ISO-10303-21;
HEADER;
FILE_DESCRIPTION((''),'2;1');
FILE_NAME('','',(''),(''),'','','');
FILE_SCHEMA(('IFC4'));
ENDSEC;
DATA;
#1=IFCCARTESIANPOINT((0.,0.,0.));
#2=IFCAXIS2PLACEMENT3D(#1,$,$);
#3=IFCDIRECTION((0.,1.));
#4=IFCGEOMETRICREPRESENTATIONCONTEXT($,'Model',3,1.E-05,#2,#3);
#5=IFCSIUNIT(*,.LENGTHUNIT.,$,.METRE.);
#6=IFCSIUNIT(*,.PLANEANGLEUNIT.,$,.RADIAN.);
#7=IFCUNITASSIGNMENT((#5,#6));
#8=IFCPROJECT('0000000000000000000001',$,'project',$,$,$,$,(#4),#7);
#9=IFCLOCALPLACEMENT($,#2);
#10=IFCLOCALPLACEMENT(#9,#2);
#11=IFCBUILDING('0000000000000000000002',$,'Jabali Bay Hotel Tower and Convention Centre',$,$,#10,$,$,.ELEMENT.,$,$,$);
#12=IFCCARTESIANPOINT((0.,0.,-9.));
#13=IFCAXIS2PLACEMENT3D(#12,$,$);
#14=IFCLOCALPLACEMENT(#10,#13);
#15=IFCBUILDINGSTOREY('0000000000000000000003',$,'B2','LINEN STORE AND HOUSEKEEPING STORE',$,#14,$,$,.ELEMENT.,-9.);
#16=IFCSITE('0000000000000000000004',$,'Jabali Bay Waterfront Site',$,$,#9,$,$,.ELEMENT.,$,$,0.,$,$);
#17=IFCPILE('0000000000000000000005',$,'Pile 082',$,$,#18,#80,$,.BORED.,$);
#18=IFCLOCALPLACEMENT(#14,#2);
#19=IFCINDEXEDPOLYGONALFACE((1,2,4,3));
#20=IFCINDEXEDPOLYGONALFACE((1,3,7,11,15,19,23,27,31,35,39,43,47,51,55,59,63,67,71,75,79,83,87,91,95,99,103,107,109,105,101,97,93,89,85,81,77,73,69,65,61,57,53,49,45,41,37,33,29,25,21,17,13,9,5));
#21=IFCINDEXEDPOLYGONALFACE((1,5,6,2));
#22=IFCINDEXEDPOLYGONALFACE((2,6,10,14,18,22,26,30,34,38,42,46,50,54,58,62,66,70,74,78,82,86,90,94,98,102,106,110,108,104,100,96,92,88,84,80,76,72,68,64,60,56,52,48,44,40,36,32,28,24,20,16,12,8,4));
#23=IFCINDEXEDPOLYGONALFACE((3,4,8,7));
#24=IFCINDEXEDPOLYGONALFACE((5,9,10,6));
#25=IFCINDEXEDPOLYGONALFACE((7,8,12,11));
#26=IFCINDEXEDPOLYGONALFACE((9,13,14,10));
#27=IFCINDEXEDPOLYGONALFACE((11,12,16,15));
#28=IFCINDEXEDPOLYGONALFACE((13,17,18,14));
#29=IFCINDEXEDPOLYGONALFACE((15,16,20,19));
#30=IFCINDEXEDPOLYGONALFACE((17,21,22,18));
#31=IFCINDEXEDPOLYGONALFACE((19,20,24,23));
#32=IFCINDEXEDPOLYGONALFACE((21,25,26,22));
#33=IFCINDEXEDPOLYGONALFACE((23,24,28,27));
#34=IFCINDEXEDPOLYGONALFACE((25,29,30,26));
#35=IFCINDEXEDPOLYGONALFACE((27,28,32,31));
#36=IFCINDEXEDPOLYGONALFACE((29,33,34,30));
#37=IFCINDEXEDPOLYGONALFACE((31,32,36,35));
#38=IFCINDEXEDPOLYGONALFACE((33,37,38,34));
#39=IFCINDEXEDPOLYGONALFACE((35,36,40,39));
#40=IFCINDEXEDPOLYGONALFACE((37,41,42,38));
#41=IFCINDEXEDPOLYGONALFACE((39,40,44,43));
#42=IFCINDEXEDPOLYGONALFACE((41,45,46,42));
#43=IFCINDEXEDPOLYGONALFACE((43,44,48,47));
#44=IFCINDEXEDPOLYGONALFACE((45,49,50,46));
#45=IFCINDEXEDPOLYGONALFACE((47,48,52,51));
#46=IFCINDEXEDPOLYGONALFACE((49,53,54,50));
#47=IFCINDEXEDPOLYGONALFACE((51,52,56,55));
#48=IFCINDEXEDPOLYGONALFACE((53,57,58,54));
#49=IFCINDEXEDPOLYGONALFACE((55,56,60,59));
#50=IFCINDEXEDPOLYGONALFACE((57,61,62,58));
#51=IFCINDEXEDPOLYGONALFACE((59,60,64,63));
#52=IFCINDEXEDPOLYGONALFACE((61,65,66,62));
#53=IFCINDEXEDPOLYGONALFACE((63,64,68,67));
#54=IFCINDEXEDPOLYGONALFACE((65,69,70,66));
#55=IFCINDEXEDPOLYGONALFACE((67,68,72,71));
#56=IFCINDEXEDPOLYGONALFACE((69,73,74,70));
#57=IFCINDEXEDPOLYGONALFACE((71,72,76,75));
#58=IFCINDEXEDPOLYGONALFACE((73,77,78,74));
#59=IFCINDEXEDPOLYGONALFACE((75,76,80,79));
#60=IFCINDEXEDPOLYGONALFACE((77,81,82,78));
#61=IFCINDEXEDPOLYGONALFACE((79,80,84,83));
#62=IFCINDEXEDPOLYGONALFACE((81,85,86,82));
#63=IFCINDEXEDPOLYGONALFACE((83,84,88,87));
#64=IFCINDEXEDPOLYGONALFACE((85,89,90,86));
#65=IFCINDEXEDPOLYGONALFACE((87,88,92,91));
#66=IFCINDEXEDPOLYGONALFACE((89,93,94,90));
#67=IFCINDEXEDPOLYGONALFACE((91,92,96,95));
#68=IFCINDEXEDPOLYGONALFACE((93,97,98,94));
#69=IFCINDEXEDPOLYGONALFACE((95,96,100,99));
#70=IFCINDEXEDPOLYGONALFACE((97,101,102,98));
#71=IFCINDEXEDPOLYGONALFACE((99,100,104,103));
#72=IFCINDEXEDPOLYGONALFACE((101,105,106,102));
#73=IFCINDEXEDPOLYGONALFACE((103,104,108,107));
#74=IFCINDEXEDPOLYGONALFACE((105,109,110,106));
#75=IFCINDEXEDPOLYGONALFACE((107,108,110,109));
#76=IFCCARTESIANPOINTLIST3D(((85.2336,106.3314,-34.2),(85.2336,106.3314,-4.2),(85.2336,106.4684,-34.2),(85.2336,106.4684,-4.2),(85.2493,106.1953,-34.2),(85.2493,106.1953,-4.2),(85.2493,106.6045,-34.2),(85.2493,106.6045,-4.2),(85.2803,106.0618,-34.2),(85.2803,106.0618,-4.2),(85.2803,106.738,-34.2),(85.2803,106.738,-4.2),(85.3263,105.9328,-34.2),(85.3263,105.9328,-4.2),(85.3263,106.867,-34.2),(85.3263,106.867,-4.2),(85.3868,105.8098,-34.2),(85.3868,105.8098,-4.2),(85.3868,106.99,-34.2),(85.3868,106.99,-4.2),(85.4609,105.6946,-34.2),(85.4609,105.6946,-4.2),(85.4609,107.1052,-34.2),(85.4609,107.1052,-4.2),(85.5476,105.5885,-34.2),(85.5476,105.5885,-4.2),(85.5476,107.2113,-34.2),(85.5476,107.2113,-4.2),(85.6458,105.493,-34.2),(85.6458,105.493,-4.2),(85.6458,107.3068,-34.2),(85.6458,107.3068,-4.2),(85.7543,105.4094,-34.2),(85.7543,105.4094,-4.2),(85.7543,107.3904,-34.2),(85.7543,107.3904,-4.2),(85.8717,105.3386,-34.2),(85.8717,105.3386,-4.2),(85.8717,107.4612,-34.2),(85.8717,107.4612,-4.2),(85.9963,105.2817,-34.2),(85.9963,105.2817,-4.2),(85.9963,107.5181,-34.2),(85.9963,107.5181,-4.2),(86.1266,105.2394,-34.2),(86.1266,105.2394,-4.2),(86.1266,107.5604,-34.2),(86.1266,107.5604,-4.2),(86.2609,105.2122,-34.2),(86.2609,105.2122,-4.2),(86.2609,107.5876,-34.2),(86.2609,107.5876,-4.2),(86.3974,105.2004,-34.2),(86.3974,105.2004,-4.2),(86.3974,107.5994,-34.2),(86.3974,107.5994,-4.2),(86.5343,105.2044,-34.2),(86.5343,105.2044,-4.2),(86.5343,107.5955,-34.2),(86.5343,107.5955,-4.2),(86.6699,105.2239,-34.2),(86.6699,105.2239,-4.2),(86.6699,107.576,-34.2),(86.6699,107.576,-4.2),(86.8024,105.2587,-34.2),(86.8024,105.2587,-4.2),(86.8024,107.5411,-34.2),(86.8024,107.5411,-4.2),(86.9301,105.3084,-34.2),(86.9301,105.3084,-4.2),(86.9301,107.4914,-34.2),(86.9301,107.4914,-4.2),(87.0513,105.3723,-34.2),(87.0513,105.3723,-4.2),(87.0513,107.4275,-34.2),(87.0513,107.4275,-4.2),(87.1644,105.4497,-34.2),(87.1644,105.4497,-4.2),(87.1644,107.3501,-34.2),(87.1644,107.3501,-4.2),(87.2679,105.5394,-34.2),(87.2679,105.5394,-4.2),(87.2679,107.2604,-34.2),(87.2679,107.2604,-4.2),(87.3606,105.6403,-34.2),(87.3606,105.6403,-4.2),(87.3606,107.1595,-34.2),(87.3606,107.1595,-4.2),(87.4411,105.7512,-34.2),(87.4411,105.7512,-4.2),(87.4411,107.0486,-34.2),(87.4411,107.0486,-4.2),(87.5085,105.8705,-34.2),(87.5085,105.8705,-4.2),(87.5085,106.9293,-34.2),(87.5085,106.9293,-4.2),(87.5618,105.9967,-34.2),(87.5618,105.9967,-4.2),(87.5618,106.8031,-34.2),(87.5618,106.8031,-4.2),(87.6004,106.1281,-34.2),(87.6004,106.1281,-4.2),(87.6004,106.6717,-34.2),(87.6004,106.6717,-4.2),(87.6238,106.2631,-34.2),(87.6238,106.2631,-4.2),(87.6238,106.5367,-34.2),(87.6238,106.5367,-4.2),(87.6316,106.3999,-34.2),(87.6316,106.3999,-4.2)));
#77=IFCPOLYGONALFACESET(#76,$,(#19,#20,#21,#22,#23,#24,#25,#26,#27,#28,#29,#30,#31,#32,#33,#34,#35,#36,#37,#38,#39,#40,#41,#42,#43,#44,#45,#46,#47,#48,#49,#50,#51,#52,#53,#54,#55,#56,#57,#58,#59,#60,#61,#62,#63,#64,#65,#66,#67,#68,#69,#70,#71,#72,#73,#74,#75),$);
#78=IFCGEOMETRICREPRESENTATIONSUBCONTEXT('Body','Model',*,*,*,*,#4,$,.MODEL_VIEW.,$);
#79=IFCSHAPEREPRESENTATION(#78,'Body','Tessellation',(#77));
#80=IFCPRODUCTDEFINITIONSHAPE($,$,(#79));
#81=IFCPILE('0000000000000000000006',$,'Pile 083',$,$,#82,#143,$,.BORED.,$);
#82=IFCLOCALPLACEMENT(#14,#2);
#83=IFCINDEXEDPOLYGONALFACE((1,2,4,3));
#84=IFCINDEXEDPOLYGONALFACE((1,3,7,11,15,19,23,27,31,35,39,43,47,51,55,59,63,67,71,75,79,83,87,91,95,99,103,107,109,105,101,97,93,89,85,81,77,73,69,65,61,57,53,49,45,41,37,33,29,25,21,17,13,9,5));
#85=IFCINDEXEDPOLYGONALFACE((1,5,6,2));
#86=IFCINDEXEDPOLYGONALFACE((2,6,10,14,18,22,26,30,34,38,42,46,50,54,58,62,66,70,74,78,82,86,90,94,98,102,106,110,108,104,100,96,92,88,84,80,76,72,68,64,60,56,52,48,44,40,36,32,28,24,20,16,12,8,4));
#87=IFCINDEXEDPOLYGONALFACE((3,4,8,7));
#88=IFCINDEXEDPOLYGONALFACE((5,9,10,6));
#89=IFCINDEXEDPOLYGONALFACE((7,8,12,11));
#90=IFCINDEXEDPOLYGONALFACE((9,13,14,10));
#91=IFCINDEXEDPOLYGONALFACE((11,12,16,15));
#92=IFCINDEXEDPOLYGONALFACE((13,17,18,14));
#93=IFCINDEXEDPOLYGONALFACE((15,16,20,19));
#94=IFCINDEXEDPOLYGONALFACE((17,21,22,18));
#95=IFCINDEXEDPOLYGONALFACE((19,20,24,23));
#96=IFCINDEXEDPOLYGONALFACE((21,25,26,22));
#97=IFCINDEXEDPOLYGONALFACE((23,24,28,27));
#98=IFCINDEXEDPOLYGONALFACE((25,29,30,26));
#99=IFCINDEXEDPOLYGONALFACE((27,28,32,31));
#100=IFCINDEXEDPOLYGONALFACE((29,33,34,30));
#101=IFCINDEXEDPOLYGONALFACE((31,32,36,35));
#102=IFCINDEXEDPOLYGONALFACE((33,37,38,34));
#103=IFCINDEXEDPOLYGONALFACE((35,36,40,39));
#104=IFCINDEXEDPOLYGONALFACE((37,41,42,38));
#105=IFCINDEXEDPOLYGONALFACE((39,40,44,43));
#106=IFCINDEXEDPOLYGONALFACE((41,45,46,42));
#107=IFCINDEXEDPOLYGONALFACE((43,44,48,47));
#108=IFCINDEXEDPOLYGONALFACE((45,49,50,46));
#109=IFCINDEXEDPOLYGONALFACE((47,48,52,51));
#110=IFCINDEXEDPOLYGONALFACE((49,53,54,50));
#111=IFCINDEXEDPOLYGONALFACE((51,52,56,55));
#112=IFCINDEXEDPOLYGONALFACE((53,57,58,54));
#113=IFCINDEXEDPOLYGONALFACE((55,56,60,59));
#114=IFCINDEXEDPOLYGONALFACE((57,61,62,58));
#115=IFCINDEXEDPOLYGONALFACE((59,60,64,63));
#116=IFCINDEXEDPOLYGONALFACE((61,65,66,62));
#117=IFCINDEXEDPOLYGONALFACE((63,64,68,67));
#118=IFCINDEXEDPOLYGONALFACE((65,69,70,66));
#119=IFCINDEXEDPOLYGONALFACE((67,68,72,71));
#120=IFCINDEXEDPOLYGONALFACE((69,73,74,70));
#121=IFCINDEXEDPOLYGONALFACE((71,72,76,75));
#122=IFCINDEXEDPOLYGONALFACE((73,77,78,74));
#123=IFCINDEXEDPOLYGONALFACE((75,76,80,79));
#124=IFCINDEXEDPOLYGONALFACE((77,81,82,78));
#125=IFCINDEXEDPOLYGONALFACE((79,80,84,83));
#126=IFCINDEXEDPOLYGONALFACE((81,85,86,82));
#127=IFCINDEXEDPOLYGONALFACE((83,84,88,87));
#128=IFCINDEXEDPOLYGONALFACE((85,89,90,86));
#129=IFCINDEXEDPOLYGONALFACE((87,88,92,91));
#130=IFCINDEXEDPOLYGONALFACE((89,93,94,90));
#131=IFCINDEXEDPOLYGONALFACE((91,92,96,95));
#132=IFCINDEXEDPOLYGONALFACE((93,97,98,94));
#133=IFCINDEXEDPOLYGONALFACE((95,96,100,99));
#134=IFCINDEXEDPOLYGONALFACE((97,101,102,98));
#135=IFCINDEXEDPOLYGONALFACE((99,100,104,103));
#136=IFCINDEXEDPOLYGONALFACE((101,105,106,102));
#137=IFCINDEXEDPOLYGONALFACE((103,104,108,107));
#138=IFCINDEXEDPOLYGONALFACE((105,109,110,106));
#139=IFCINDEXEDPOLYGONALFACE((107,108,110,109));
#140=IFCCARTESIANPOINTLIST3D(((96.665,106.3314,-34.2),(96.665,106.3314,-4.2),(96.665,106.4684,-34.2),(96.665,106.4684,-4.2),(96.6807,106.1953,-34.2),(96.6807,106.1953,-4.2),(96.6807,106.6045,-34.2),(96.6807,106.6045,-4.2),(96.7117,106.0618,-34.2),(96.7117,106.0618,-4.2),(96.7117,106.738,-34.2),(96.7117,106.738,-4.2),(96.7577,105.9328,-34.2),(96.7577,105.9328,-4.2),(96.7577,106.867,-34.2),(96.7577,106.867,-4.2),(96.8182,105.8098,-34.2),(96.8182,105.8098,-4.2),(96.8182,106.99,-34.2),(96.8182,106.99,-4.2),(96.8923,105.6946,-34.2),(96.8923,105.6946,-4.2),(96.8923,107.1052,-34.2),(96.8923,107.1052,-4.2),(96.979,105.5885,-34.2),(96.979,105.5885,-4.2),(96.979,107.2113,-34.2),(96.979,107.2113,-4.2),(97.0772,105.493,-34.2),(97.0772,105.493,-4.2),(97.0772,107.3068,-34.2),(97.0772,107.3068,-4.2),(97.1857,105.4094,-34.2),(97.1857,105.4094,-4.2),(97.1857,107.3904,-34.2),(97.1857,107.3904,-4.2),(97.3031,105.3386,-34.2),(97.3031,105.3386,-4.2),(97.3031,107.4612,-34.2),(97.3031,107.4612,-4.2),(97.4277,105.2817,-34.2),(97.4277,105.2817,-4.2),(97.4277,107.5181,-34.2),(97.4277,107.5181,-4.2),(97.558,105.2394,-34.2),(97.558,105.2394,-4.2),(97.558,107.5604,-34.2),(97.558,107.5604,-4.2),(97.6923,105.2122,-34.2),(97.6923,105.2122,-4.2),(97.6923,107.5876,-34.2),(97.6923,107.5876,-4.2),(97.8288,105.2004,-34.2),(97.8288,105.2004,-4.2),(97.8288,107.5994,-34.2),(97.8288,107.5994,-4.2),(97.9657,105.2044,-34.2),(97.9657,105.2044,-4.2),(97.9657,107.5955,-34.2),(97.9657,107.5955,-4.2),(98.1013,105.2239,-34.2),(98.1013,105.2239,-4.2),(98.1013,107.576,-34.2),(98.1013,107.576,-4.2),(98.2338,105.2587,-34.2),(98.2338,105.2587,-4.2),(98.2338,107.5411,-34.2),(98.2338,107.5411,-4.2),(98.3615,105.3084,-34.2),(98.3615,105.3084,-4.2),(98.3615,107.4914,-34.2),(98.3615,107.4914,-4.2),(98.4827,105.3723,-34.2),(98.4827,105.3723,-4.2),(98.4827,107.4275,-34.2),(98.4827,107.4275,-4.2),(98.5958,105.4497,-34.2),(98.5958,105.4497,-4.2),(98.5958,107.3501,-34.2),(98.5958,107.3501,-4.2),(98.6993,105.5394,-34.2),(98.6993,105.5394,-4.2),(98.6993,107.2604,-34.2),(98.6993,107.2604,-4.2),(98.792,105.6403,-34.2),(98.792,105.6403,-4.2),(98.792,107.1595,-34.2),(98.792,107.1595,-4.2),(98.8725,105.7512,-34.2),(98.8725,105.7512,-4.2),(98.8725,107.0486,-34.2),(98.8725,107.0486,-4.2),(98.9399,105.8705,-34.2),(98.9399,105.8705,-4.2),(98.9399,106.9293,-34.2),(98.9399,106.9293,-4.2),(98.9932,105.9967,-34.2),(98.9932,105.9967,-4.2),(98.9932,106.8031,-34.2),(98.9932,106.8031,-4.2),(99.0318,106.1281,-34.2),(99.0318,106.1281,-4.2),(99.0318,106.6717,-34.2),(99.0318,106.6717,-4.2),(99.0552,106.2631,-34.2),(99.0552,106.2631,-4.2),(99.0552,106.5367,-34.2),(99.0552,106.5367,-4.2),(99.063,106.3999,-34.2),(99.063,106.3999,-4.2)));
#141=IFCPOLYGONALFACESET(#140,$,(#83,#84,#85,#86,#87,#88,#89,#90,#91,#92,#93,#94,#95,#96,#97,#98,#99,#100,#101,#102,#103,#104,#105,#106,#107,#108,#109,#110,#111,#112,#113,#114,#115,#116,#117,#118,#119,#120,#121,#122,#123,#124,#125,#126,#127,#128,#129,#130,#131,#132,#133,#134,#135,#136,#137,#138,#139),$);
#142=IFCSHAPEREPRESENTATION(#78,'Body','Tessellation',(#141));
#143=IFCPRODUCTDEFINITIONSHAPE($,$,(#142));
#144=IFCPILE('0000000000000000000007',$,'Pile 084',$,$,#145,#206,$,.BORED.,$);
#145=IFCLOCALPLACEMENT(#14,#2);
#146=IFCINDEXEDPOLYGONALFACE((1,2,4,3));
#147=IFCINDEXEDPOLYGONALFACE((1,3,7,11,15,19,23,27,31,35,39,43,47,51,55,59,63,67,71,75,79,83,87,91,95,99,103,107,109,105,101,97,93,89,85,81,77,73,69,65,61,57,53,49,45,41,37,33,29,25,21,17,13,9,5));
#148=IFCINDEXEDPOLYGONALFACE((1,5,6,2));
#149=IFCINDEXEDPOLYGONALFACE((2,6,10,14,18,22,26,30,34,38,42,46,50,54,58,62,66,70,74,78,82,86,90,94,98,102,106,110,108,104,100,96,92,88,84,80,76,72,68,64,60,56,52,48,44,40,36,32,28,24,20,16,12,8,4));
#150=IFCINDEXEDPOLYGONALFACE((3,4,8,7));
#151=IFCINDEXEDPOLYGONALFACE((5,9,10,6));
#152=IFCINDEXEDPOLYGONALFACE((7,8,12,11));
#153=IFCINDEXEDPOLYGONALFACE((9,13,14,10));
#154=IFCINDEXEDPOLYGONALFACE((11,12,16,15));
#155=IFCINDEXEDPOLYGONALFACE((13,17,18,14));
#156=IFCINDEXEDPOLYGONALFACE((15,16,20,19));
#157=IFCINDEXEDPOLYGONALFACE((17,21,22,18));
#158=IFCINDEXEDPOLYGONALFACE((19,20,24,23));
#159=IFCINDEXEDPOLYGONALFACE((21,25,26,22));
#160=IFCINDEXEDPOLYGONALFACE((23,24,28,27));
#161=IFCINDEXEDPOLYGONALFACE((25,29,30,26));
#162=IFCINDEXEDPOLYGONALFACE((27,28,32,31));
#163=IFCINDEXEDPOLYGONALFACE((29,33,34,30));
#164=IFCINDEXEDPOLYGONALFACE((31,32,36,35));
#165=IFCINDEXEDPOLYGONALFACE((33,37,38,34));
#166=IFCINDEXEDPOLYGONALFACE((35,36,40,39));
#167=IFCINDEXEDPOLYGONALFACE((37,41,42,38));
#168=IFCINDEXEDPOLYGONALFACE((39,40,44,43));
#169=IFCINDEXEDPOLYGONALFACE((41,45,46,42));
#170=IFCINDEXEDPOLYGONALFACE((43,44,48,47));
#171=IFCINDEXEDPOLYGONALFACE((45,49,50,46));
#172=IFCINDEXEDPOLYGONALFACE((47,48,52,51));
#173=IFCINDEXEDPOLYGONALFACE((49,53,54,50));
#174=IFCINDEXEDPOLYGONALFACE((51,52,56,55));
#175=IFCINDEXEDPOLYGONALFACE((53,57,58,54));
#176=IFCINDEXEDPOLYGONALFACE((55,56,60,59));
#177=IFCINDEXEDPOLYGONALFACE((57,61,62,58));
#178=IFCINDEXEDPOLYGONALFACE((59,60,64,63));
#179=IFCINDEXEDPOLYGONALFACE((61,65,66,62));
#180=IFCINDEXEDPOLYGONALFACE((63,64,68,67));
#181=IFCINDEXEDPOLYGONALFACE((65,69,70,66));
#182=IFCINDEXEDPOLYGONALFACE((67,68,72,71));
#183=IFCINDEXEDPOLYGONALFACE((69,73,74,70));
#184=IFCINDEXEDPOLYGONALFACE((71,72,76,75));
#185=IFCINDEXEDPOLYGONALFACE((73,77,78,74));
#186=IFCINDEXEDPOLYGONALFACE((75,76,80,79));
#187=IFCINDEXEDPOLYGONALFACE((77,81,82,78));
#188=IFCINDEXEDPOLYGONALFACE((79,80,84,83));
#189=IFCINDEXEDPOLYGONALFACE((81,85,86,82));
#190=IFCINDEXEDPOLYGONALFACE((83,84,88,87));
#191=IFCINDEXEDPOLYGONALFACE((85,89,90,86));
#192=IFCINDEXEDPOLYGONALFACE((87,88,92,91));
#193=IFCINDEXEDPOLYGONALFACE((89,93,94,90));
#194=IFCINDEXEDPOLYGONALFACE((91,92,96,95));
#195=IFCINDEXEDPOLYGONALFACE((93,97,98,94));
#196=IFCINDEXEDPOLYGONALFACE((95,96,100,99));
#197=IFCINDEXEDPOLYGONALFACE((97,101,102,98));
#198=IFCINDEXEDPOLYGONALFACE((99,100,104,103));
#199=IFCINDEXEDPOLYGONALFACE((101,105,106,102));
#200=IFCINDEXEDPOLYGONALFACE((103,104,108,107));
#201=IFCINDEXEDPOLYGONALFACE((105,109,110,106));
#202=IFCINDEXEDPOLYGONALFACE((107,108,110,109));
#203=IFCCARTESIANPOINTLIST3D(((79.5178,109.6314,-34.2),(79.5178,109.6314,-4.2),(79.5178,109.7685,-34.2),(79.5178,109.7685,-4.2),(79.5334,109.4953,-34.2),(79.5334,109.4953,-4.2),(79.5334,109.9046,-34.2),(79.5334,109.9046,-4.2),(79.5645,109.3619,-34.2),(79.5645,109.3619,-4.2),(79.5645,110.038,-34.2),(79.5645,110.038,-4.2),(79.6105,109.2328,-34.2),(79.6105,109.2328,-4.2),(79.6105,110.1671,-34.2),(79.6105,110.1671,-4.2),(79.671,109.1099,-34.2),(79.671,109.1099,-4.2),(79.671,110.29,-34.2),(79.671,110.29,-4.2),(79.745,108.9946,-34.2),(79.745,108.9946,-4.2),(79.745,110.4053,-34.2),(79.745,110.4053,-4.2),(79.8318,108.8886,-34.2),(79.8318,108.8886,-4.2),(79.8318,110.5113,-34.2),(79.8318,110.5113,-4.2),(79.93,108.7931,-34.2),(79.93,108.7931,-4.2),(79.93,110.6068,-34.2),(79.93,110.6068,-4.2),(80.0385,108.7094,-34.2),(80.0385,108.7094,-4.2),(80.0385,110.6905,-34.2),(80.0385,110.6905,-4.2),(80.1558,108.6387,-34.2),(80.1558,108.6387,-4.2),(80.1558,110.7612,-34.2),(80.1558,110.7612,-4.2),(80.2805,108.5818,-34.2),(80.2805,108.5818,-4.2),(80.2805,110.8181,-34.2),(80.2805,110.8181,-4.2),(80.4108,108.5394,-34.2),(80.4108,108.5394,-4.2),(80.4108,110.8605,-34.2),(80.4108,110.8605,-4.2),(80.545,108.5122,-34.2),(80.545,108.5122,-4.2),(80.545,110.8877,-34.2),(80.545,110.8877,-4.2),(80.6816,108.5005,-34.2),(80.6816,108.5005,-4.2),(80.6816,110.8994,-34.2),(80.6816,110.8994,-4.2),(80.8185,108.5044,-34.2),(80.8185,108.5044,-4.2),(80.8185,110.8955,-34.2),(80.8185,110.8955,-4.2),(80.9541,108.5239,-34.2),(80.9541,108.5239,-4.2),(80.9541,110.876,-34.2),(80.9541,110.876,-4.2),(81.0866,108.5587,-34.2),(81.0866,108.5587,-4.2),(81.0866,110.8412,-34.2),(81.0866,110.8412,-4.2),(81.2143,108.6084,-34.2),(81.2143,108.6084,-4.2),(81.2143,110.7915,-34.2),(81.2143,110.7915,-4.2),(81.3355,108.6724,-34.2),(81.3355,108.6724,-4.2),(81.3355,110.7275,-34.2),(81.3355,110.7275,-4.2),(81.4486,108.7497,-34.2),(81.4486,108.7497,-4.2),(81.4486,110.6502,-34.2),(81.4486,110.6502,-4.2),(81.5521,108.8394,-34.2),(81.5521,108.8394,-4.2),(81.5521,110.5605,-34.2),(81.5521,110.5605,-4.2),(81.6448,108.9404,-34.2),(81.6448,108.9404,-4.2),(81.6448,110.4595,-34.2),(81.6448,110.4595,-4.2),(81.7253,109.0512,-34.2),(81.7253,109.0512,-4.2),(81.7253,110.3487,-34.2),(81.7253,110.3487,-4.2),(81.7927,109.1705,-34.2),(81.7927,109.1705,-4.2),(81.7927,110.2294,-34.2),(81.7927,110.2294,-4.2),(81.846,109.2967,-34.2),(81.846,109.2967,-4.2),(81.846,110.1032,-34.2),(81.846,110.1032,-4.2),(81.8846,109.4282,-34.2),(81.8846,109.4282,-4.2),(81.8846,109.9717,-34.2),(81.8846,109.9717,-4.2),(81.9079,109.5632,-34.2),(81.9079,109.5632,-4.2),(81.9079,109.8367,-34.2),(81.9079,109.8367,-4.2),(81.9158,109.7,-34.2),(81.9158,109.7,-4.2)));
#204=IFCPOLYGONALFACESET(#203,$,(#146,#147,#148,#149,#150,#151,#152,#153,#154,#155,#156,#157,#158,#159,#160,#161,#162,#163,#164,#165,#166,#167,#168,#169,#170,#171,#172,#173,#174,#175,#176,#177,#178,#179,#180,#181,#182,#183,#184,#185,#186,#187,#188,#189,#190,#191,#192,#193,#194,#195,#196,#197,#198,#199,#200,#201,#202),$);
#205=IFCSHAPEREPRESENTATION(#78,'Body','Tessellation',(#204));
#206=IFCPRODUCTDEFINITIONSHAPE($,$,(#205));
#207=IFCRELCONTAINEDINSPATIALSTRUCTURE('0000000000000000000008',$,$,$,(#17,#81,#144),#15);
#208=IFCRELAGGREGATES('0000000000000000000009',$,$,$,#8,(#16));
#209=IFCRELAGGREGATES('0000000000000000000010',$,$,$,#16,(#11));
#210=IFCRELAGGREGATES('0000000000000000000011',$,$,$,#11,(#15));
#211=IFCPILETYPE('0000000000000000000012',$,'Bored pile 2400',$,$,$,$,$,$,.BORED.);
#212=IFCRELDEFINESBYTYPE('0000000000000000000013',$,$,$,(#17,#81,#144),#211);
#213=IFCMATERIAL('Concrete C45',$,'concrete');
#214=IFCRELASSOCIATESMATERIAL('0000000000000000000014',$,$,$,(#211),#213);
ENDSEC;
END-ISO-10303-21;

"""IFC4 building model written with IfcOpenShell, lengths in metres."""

from ifc_helpers import new_model, si_unit, direction, frame, origin, origin_2d, place, context, subcontext, project, spatial, circle, extrude, material, material_profile, profile_set, type_object, element, save


model = new_model("IFC4")

# Units and contexts
model_context = context("Model", 3, precision=1e-05, world=origin(), true_north=direction((0.0, 1.0)))
body_context = subcontext(model_context, "Body", "Model", "MODEL_VIEW")
ifc_project = project(units=[si_unit("LENGTHUNIT", "METRE"), si_unit("PLANEANGLEUNIT", "RADIAN")], contexts=[model_context])

# Site, building, storey
site_placement = place(None, origin())
site = spatial("IfcSite", under=ifc_project, at=site_placement, Name="Jabali Bay Waterfront Site", CompositionType="ELEMENT", RefElevation=0.0)
building_placement = place(site_placement, origin())
building = spatial("IfcBuilding", under=site, at=building_placement, Name="Jabali Bay Hotel Tower and Convention Centre", CompositionType="ELEMENT")
storey_placement = place(building_placement, frame((0.0, 0.0, -9.0)))
storey = spatial("IfcBuildingStorey", under=building, at=storey_placement, Name="B2", Description="LINEN STORE AND HOUSEKEEPING STORE", CompositionType="ELEMENT", Elevation=-9.0)

# Piles
ifc_material_1 = material(Name="Concrete C45", Category="concrete")
ifc_material_profile_1 = material_profile(ifc_material_1, circle(Radius=1.2, at=origin_2d()), Name="Bored pile 2400")
ifc_profile_set_1 = profile_set([ifc_material_profile_1], Name="Concrete C45")
pile_type = type_object("IfcPileType", Name="Bored pile 2400", PredefinedType="BORED", material=ifc_profile_set_1)
for number, where, z_axis, x_axis, name in (
    (1, (86.4316, 106.3999, -4.2), (0.0, 0.0, -1.0), (1.0, 0.0, 0.0), "Pile 082"),
    (2, (97.863, 106.3999, -4.2), (0.0, 0.0, -1.0), (1.0, 0.0, 0.0), "Pile 083"),
    (3, (80.7158, 109.7, -4.2), (0.0, 0.0, -1.0), (1.0, 0.0, 0.0), "Pile 084"),
):
    element("IfcPile", number, at=place(storey_placement, frame(where, z_axis=z_axis, x_axis=x_axis)), inside=storey, type_object=pile_type, Name=name, PredefinedType="BORED", context=body_context, shape_type="SweptSolid", body=[
        extrude(circle(Radius=1.2, at=origin_2d()), origin(), (0.0, 0.0, 1.0), 30.0),
    ])

save(model, "model.ifc")
